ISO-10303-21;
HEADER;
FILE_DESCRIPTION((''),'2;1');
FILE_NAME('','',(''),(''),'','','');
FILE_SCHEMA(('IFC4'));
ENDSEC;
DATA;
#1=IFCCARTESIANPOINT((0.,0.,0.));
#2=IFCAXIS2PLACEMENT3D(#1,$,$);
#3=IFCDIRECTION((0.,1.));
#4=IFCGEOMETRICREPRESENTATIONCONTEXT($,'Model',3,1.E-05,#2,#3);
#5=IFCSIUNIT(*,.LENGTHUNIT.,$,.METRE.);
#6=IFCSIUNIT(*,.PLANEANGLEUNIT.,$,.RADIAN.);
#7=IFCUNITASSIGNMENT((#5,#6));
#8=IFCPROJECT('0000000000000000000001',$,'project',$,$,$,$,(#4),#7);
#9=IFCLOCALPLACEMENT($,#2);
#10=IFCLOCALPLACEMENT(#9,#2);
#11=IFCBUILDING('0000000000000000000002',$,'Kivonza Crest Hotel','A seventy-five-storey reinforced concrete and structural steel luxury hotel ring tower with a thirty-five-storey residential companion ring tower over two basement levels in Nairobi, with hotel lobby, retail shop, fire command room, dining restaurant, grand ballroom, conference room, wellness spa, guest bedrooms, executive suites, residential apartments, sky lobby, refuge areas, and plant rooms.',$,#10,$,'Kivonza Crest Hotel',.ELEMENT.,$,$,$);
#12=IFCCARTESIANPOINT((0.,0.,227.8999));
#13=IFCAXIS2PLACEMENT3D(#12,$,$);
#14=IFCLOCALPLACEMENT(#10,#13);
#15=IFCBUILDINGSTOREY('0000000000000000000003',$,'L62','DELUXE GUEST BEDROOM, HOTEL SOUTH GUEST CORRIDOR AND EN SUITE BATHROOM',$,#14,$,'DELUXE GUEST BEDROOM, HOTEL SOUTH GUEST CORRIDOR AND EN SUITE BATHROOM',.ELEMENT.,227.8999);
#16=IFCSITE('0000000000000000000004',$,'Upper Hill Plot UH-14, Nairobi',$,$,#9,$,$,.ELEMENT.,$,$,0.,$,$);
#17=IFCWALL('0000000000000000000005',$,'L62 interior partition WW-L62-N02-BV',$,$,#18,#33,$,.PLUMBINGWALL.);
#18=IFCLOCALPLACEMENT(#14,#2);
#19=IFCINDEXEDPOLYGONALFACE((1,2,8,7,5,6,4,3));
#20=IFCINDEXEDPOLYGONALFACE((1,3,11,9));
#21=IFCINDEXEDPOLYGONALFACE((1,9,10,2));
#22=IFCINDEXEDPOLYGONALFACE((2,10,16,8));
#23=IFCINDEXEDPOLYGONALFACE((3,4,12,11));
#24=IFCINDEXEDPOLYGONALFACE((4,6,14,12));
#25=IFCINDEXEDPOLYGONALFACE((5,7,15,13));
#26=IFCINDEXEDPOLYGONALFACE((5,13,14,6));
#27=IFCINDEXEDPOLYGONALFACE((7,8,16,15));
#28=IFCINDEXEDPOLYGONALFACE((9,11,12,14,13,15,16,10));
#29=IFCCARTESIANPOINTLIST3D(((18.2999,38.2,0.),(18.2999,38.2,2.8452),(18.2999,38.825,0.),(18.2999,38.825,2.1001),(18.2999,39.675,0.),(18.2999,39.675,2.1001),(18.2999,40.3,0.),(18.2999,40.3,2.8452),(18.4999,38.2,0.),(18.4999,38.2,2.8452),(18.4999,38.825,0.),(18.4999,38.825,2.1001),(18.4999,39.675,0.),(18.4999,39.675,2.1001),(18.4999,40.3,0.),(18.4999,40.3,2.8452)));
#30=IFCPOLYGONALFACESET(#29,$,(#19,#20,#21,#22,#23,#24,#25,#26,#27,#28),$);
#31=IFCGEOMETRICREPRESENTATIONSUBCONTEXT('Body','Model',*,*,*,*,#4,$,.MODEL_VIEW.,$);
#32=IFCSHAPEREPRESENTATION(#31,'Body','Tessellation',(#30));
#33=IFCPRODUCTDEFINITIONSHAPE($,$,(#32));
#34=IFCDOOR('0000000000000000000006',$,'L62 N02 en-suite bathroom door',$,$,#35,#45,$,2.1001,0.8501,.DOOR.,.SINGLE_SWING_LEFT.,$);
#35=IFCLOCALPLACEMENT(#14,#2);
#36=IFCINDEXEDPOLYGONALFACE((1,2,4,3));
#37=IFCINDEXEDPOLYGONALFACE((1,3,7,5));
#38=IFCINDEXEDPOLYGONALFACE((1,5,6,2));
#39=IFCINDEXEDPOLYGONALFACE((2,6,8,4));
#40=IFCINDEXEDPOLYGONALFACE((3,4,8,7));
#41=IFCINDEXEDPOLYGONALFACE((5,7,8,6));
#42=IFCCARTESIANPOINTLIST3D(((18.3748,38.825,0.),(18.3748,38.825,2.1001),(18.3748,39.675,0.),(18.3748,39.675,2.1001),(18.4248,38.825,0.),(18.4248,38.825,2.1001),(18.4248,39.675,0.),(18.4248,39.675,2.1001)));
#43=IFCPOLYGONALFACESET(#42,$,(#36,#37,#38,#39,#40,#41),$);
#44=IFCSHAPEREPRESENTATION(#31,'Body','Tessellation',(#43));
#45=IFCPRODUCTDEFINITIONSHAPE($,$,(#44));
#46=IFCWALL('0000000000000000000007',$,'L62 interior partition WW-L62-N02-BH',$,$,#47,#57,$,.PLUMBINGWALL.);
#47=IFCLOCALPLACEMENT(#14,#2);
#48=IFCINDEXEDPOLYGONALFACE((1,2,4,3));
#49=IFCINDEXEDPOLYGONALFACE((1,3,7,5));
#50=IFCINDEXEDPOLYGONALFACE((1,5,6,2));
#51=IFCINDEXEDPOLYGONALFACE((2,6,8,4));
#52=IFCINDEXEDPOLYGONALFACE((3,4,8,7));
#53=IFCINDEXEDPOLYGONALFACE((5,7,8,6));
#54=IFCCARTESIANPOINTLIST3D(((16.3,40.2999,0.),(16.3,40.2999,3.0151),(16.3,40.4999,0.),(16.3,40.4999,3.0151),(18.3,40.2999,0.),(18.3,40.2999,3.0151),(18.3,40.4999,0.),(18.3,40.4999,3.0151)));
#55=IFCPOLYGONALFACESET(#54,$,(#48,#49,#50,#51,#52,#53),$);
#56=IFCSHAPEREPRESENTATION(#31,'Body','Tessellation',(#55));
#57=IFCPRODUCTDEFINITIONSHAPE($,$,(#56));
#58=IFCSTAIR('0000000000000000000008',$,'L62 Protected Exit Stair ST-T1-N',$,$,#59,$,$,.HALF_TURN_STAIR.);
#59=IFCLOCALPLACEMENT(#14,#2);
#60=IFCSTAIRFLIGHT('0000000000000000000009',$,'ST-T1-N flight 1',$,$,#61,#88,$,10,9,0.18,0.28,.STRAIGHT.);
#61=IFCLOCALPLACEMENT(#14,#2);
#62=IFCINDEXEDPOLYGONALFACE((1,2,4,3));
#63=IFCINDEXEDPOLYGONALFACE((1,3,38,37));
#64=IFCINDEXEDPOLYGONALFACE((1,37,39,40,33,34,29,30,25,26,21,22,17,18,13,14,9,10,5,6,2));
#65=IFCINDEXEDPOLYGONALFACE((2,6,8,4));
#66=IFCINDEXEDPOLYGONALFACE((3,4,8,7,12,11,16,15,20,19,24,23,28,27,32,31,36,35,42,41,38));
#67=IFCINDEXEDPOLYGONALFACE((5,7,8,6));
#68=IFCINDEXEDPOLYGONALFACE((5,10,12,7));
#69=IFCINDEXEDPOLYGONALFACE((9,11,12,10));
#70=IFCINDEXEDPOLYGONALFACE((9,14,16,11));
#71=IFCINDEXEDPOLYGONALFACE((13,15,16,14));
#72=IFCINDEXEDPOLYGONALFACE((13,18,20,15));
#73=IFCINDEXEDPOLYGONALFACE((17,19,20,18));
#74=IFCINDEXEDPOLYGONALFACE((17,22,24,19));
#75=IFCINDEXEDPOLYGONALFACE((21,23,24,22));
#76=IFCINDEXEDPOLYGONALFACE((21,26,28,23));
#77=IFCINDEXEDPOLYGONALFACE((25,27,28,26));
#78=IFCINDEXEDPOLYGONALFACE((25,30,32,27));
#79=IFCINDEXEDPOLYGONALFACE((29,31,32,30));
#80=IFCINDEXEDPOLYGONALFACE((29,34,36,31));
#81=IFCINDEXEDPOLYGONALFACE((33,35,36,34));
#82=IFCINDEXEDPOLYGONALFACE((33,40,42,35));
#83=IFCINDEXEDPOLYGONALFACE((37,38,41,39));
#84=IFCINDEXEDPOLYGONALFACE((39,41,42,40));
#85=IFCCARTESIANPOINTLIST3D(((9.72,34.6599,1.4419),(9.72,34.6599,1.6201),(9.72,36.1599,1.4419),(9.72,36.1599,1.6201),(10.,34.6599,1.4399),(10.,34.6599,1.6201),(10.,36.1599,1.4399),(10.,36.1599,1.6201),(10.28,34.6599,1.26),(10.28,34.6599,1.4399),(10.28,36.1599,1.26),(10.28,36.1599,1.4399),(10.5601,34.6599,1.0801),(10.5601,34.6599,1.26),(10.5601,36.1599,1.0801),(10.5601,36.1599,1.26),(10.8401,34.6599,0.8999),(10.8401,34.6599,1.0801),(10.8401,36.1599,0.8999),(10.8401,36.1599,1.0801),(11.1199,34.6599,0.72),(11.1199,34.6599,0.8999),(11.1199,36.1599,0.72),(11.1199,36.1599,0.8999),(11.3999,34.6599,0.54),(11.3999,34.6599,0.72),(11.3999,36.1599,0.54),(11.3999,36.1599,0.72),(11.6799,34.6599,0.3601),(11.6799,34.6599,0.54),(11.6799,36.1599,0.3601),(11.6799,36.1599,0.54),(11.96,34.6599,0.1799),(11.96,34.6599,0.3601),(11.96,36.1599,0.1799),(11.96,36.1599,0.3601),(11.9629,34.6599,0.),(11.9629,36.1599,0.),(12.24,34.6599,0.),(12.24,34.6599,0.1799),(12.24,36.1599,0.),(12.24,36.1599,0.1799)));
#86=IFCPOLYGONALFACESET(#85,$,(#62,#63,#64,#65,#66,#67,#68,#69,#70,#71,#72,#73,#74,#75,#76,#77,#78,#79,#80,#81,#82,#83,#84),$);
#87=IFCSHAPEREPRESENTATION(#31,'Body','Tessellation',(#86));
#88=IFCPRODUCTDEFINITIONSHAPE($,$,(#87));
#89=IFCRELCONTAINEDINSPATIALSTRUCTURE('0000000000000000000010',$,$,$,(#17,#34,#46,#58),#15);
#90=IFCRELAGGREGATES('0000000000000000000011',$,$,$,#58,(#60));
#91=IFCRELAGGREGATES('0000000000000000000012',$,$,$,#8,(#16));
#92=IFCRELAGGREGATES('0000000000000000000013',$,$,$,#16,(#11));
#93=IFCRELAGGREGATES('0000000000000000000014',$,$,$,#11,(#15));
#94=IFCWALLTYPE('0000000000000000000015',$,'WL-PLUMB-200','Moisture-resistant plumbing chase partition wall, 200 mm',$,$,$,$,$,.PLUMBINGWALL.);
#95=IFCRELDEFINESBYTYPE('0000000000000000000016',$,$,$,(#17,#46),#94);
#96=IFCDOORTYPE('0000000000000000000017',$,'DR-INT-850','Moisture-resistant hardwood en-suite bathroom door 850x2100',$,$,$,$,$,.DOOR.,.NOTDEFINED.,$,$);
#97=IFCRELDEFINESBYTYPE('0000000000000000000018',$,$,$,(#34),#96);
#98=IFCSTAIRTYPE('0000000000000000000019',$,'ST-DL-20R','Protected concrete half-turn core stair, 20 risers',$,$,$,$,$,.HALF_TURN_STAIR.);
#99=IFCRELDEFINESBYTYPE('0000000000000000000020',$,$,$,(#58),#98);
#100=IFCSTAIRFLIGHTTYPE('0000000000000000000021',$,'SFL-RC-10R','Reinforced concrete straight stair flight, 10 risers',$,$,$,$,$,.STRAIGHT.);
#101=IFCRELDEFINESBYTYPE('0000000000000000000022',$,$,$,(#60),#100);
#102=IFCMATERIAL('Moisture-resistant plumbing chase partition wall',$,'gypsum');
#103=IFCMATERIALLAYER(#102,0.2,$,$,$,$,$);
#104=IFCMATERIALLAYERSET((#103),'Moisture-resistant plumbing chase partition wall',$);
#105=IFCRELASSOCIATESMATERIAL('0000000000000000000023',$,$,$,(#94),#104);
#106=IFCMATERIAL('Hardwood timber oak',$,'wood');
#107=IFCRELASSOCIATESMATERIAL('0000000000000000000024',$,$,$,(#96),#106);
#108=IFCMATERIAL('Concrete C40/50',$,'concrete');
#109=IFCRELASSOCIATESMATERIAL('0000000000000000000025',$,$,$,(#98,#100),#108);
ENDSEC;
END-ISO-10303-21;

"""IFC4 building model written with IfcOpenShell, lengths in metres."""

from ifc_helpers import new_model, si_unit, direction, frame, frame_2d, origin, place, context, subcontext, project, spatial, polyline, rectangle, outline, extrude, material, layer, layer_set, type_object, element, fill, aggregate, save


model = new_model("IFC4")

# Units and contexts
model_context = context("Model", 3, precision=1e-05, world=origin(), true_north=direction((0.0, 1.0)))
body_context = subcontext(model_context, "Body", "Model", "MODEL_VIEW")
ifc_project = project(units=[si_unit("LENGTHUNIT", "METRE"), si_unit("PLANEANGLEUNIT", "RADIAN")], contexts=[model_context])

# Site, building, storey
site_placement = place(None, origin())
site = spatial("IfcSite", under=ifc_project, at=site_placement, Name="Upper Hill Plot UH-14, Nairobi", CompositionType="ELEMENT", RefElevation=0.0)
building_placement = place(site_placement, origin())
building = spatial("IfcBuilding", under=site, at=building_placement, Name="Kivonza Crest Hotel", Description="A seventy-five-storey reinforced concrete and structural steel luxury hotel ring tower with a thirty-five-storey residential companion ring tower over two basement levels in Nairobi, with hotel lobby, retail shop, fire command room, dining restaurant, grand ballroom, conference room, wellness spa, guest bedrooms, executive suites, residential apartments, sky lobby, refuge areas, and plant rooms.", LongName="Kivonza Crest Hotel", CompositionType="ELEMENT")
storey_placement = place(building_placement, frame((0.0, 0.0, 227.8999)))
storey = spatial("IfcBuildingStorey", under=building, at=storey_placement, Name="L62", Description="DELUXE GUEST BEDROOM, HOTEL SOUTH GUEST CORRIDOR AND EN SUITE BATHROOM", LongName="DELUXE GUEST BEDROOM, HOTEL SOUTH GUEST CORRIDOR AND EN SUITE BATHROOM", CompositionType="ELEMENT", Elevation=227.8999)

# Shared definitions
ifc_material_1 = material(Name="Hardwood timber oak", Category="wood")

# Wall, opening, door
ifc_material_2 = material(Name="Moisture-resistant plumbing chase partition wall", Category="gypsum")
ifc_layer_1 = layer(ifc_material_2, 0.2)
ifc_layer_set_1 = layer_set([ifc_layer_1], Name="Moisture-resistant plumbing chase partition wall")
wall_type_1 = type_object("IfcWallType", Name="WL-PLUMB-200", Description="Moisture-resistant plumbing chase partition wall, 200 mm", PredefinedType="PLUMBINGWALL", material=ifc_layer_set_1)
door_type_1 = type_object("IfcDoorType", Name="DR-INT-850", Description="Moisture-resistant hardwood en-suite bathroom door 850x2100", OperationType="NOTDEFINED", PredefinedType="DOOR", material=ifc_material_1)
wall_1_placement = place(storey_placement, frame((18.3999, 38.2, 0.0), z_axis=(0.0, 0.0, 1.0), x_axis=(0.0, 1.0, 0.0)))
wall_1 = element("IfcWall", 1, at=wall_1_placement, inside=storey, type_object=wall_type_1, Name="L62 interior partition WW-L62-N02-BV", PredefinedType="PLUMBINGWALL", context=body_context, shape_type="SweptSolid", body=[
    extrude(rectangle(XDim=2.1001, YDim=0.2, at=frame_2d((1.05, 0.0))), origin(), (0.0, 0.0, 1.0), 2.8452),
])
opening_1_placement = place(wall_1_placement, frame((0.625, 0.0, 0.0)))
opening_1 = element("IfcOpeningElement", 2, at=opening_1_placement, cuts=wall_1, PredefinedType="OPENING", context=body_context, shape_type="SweptSolid", body=[
    extrude(rectangle(XDim=0.8501, YDim=2.1001, at=frame_2d((0.425, 1.05))), frame((0.0, 0.1099, 0.0), z_axis=(0.0, -1.0, 0.0), x_axis=(1.0, 0.0, 0.0)), (0.0, 0.0, 1.0), 0.22),
])
door_1_placement = place(opening_1_placement, frame((0.8501, 0.0, 0.0), z_axis=(0.0, 0.0, 1.0), x_axis=(-1.0, 0.0, 0.0)))
door_1 = element("IfcDoor", 3, at=door_1_placement, inside=storey, type_object=door_type_1, Name="L62 N02 en-suite bathroom door", OperationType="SINGLE_SWING_LEFT", OverallHeight=2.1001, OverallWidth=0.8501, PredefinedType="DOOR", context=body_context, shape_type="SweptSolid", body=[
    extrude(rectangle(XDim=0.8501, YDim=2.1001, at=frame_2d((0.425, 1.05))), frame((0.0, 0.0249, 0.0), z_axis=(0.0, -1.0, 0.0), x_axis=(1.0, 0.0, 0.0)), (0.0, 0.0, 1.0), 0.05),
])
fill(opening_1, door_1)

# Wall
wall_2_placement = place(storey_placement, frame((16.3, 40.3999, 0.0), z_axis=(0.0, 0.0, 1.0), x_axis=(1.0, 0.0, 0.0)))
element("IfcWall", 4, at=wall_2_placement, inside=storey, type_object=wall_type_1, Name="L62 interior partition WW-L62-N02-BH", PredefinedType="PLUMBINGWALL", context=body_context, shape_type="SweptSolid", body=[
    extrude(rectangle(XDim=2.0, YDim=0.2, at=frame_2d((1.0, 0.0))), origin(), (0.0, 0.0, 1.0), 3.0151),
])

# Stair, stair flight
ifc_material_3 = material(Name="Concrete C40/50", Category="concrete")
stair_type = type_object("IfcStairType", Name="ST-DL-20R", Description="Protected concrete half-turn core stair, 20 risers", PredefinedType="HALF_TURN_STAIR", material=ifc_material_3)
stair_placement = place(storey_placement, origin())
stair = element("IfcStair", 5, at=stair_placement, inside=storey, type_object=stair_type, Name="L62 Protected Exit Stair ST-T1-N", PredefinedType="HALF_TURN_STAIR")
stair_flight_type = type_object("IfcStairFlightType", Name="SFL-RC-10R", Description="Reinforced concrete straight stair flight, 10 risers", PredefinedType="STRAIGHT", material=ifc_material_3)
stair_flight_placement = place(storey_placement, frame((12.24, 35.4099, 0.0), z_axis=(0.0, 0.0, 1.0), x_axis=(-1.0, 0.0, 0.0)))
stair_flight = element("IfcStairFlight", 6, at=stair_flight_placement, type_object=stair_flight_type, Name="ST-T1-N flight 1", NumberOfRisers=10, NumberOfTreads=9, PredefinedType="STRAIGHT", RiserHeight=0.18, TreadLength=0.28, context=body_context, shape_type="SweptSolid", body=[
    extrude(outline(polyline([(0.0, 0.0), (0.0, 0.1799), (0.28, 0.1799), (0.28, 0.3601), (0.5601, 0.3601), (0.5601, 0.54), (0.8401, 0.54), (0.8401, 0.72), (1.1201, 0.72), (1.1201, 0.8999), (1.3999, 0.8999), (1.3999, 1.0801), (1.6799, 1.0801), (1.6799, 1.26), (1.96, 1.26), (1.96, 1.4399), (2.24, 1.4399), (2.24, 1.6201), (2.52, 1.6201), (2.52, 1.8), (2.52, 1.4419), (0.2771, 0.0), (0.0, 0.0)])), frame((0.0, 0.75, 0.0), z_axis=(0.0, -1.0, 0.0), x_axis=(1.0, 0.0, 0.0)), (0.0, 0.0, 1.0), 1.5),
])
aggregate(stair, [stair_flight])

save(model, "model.ifc")
